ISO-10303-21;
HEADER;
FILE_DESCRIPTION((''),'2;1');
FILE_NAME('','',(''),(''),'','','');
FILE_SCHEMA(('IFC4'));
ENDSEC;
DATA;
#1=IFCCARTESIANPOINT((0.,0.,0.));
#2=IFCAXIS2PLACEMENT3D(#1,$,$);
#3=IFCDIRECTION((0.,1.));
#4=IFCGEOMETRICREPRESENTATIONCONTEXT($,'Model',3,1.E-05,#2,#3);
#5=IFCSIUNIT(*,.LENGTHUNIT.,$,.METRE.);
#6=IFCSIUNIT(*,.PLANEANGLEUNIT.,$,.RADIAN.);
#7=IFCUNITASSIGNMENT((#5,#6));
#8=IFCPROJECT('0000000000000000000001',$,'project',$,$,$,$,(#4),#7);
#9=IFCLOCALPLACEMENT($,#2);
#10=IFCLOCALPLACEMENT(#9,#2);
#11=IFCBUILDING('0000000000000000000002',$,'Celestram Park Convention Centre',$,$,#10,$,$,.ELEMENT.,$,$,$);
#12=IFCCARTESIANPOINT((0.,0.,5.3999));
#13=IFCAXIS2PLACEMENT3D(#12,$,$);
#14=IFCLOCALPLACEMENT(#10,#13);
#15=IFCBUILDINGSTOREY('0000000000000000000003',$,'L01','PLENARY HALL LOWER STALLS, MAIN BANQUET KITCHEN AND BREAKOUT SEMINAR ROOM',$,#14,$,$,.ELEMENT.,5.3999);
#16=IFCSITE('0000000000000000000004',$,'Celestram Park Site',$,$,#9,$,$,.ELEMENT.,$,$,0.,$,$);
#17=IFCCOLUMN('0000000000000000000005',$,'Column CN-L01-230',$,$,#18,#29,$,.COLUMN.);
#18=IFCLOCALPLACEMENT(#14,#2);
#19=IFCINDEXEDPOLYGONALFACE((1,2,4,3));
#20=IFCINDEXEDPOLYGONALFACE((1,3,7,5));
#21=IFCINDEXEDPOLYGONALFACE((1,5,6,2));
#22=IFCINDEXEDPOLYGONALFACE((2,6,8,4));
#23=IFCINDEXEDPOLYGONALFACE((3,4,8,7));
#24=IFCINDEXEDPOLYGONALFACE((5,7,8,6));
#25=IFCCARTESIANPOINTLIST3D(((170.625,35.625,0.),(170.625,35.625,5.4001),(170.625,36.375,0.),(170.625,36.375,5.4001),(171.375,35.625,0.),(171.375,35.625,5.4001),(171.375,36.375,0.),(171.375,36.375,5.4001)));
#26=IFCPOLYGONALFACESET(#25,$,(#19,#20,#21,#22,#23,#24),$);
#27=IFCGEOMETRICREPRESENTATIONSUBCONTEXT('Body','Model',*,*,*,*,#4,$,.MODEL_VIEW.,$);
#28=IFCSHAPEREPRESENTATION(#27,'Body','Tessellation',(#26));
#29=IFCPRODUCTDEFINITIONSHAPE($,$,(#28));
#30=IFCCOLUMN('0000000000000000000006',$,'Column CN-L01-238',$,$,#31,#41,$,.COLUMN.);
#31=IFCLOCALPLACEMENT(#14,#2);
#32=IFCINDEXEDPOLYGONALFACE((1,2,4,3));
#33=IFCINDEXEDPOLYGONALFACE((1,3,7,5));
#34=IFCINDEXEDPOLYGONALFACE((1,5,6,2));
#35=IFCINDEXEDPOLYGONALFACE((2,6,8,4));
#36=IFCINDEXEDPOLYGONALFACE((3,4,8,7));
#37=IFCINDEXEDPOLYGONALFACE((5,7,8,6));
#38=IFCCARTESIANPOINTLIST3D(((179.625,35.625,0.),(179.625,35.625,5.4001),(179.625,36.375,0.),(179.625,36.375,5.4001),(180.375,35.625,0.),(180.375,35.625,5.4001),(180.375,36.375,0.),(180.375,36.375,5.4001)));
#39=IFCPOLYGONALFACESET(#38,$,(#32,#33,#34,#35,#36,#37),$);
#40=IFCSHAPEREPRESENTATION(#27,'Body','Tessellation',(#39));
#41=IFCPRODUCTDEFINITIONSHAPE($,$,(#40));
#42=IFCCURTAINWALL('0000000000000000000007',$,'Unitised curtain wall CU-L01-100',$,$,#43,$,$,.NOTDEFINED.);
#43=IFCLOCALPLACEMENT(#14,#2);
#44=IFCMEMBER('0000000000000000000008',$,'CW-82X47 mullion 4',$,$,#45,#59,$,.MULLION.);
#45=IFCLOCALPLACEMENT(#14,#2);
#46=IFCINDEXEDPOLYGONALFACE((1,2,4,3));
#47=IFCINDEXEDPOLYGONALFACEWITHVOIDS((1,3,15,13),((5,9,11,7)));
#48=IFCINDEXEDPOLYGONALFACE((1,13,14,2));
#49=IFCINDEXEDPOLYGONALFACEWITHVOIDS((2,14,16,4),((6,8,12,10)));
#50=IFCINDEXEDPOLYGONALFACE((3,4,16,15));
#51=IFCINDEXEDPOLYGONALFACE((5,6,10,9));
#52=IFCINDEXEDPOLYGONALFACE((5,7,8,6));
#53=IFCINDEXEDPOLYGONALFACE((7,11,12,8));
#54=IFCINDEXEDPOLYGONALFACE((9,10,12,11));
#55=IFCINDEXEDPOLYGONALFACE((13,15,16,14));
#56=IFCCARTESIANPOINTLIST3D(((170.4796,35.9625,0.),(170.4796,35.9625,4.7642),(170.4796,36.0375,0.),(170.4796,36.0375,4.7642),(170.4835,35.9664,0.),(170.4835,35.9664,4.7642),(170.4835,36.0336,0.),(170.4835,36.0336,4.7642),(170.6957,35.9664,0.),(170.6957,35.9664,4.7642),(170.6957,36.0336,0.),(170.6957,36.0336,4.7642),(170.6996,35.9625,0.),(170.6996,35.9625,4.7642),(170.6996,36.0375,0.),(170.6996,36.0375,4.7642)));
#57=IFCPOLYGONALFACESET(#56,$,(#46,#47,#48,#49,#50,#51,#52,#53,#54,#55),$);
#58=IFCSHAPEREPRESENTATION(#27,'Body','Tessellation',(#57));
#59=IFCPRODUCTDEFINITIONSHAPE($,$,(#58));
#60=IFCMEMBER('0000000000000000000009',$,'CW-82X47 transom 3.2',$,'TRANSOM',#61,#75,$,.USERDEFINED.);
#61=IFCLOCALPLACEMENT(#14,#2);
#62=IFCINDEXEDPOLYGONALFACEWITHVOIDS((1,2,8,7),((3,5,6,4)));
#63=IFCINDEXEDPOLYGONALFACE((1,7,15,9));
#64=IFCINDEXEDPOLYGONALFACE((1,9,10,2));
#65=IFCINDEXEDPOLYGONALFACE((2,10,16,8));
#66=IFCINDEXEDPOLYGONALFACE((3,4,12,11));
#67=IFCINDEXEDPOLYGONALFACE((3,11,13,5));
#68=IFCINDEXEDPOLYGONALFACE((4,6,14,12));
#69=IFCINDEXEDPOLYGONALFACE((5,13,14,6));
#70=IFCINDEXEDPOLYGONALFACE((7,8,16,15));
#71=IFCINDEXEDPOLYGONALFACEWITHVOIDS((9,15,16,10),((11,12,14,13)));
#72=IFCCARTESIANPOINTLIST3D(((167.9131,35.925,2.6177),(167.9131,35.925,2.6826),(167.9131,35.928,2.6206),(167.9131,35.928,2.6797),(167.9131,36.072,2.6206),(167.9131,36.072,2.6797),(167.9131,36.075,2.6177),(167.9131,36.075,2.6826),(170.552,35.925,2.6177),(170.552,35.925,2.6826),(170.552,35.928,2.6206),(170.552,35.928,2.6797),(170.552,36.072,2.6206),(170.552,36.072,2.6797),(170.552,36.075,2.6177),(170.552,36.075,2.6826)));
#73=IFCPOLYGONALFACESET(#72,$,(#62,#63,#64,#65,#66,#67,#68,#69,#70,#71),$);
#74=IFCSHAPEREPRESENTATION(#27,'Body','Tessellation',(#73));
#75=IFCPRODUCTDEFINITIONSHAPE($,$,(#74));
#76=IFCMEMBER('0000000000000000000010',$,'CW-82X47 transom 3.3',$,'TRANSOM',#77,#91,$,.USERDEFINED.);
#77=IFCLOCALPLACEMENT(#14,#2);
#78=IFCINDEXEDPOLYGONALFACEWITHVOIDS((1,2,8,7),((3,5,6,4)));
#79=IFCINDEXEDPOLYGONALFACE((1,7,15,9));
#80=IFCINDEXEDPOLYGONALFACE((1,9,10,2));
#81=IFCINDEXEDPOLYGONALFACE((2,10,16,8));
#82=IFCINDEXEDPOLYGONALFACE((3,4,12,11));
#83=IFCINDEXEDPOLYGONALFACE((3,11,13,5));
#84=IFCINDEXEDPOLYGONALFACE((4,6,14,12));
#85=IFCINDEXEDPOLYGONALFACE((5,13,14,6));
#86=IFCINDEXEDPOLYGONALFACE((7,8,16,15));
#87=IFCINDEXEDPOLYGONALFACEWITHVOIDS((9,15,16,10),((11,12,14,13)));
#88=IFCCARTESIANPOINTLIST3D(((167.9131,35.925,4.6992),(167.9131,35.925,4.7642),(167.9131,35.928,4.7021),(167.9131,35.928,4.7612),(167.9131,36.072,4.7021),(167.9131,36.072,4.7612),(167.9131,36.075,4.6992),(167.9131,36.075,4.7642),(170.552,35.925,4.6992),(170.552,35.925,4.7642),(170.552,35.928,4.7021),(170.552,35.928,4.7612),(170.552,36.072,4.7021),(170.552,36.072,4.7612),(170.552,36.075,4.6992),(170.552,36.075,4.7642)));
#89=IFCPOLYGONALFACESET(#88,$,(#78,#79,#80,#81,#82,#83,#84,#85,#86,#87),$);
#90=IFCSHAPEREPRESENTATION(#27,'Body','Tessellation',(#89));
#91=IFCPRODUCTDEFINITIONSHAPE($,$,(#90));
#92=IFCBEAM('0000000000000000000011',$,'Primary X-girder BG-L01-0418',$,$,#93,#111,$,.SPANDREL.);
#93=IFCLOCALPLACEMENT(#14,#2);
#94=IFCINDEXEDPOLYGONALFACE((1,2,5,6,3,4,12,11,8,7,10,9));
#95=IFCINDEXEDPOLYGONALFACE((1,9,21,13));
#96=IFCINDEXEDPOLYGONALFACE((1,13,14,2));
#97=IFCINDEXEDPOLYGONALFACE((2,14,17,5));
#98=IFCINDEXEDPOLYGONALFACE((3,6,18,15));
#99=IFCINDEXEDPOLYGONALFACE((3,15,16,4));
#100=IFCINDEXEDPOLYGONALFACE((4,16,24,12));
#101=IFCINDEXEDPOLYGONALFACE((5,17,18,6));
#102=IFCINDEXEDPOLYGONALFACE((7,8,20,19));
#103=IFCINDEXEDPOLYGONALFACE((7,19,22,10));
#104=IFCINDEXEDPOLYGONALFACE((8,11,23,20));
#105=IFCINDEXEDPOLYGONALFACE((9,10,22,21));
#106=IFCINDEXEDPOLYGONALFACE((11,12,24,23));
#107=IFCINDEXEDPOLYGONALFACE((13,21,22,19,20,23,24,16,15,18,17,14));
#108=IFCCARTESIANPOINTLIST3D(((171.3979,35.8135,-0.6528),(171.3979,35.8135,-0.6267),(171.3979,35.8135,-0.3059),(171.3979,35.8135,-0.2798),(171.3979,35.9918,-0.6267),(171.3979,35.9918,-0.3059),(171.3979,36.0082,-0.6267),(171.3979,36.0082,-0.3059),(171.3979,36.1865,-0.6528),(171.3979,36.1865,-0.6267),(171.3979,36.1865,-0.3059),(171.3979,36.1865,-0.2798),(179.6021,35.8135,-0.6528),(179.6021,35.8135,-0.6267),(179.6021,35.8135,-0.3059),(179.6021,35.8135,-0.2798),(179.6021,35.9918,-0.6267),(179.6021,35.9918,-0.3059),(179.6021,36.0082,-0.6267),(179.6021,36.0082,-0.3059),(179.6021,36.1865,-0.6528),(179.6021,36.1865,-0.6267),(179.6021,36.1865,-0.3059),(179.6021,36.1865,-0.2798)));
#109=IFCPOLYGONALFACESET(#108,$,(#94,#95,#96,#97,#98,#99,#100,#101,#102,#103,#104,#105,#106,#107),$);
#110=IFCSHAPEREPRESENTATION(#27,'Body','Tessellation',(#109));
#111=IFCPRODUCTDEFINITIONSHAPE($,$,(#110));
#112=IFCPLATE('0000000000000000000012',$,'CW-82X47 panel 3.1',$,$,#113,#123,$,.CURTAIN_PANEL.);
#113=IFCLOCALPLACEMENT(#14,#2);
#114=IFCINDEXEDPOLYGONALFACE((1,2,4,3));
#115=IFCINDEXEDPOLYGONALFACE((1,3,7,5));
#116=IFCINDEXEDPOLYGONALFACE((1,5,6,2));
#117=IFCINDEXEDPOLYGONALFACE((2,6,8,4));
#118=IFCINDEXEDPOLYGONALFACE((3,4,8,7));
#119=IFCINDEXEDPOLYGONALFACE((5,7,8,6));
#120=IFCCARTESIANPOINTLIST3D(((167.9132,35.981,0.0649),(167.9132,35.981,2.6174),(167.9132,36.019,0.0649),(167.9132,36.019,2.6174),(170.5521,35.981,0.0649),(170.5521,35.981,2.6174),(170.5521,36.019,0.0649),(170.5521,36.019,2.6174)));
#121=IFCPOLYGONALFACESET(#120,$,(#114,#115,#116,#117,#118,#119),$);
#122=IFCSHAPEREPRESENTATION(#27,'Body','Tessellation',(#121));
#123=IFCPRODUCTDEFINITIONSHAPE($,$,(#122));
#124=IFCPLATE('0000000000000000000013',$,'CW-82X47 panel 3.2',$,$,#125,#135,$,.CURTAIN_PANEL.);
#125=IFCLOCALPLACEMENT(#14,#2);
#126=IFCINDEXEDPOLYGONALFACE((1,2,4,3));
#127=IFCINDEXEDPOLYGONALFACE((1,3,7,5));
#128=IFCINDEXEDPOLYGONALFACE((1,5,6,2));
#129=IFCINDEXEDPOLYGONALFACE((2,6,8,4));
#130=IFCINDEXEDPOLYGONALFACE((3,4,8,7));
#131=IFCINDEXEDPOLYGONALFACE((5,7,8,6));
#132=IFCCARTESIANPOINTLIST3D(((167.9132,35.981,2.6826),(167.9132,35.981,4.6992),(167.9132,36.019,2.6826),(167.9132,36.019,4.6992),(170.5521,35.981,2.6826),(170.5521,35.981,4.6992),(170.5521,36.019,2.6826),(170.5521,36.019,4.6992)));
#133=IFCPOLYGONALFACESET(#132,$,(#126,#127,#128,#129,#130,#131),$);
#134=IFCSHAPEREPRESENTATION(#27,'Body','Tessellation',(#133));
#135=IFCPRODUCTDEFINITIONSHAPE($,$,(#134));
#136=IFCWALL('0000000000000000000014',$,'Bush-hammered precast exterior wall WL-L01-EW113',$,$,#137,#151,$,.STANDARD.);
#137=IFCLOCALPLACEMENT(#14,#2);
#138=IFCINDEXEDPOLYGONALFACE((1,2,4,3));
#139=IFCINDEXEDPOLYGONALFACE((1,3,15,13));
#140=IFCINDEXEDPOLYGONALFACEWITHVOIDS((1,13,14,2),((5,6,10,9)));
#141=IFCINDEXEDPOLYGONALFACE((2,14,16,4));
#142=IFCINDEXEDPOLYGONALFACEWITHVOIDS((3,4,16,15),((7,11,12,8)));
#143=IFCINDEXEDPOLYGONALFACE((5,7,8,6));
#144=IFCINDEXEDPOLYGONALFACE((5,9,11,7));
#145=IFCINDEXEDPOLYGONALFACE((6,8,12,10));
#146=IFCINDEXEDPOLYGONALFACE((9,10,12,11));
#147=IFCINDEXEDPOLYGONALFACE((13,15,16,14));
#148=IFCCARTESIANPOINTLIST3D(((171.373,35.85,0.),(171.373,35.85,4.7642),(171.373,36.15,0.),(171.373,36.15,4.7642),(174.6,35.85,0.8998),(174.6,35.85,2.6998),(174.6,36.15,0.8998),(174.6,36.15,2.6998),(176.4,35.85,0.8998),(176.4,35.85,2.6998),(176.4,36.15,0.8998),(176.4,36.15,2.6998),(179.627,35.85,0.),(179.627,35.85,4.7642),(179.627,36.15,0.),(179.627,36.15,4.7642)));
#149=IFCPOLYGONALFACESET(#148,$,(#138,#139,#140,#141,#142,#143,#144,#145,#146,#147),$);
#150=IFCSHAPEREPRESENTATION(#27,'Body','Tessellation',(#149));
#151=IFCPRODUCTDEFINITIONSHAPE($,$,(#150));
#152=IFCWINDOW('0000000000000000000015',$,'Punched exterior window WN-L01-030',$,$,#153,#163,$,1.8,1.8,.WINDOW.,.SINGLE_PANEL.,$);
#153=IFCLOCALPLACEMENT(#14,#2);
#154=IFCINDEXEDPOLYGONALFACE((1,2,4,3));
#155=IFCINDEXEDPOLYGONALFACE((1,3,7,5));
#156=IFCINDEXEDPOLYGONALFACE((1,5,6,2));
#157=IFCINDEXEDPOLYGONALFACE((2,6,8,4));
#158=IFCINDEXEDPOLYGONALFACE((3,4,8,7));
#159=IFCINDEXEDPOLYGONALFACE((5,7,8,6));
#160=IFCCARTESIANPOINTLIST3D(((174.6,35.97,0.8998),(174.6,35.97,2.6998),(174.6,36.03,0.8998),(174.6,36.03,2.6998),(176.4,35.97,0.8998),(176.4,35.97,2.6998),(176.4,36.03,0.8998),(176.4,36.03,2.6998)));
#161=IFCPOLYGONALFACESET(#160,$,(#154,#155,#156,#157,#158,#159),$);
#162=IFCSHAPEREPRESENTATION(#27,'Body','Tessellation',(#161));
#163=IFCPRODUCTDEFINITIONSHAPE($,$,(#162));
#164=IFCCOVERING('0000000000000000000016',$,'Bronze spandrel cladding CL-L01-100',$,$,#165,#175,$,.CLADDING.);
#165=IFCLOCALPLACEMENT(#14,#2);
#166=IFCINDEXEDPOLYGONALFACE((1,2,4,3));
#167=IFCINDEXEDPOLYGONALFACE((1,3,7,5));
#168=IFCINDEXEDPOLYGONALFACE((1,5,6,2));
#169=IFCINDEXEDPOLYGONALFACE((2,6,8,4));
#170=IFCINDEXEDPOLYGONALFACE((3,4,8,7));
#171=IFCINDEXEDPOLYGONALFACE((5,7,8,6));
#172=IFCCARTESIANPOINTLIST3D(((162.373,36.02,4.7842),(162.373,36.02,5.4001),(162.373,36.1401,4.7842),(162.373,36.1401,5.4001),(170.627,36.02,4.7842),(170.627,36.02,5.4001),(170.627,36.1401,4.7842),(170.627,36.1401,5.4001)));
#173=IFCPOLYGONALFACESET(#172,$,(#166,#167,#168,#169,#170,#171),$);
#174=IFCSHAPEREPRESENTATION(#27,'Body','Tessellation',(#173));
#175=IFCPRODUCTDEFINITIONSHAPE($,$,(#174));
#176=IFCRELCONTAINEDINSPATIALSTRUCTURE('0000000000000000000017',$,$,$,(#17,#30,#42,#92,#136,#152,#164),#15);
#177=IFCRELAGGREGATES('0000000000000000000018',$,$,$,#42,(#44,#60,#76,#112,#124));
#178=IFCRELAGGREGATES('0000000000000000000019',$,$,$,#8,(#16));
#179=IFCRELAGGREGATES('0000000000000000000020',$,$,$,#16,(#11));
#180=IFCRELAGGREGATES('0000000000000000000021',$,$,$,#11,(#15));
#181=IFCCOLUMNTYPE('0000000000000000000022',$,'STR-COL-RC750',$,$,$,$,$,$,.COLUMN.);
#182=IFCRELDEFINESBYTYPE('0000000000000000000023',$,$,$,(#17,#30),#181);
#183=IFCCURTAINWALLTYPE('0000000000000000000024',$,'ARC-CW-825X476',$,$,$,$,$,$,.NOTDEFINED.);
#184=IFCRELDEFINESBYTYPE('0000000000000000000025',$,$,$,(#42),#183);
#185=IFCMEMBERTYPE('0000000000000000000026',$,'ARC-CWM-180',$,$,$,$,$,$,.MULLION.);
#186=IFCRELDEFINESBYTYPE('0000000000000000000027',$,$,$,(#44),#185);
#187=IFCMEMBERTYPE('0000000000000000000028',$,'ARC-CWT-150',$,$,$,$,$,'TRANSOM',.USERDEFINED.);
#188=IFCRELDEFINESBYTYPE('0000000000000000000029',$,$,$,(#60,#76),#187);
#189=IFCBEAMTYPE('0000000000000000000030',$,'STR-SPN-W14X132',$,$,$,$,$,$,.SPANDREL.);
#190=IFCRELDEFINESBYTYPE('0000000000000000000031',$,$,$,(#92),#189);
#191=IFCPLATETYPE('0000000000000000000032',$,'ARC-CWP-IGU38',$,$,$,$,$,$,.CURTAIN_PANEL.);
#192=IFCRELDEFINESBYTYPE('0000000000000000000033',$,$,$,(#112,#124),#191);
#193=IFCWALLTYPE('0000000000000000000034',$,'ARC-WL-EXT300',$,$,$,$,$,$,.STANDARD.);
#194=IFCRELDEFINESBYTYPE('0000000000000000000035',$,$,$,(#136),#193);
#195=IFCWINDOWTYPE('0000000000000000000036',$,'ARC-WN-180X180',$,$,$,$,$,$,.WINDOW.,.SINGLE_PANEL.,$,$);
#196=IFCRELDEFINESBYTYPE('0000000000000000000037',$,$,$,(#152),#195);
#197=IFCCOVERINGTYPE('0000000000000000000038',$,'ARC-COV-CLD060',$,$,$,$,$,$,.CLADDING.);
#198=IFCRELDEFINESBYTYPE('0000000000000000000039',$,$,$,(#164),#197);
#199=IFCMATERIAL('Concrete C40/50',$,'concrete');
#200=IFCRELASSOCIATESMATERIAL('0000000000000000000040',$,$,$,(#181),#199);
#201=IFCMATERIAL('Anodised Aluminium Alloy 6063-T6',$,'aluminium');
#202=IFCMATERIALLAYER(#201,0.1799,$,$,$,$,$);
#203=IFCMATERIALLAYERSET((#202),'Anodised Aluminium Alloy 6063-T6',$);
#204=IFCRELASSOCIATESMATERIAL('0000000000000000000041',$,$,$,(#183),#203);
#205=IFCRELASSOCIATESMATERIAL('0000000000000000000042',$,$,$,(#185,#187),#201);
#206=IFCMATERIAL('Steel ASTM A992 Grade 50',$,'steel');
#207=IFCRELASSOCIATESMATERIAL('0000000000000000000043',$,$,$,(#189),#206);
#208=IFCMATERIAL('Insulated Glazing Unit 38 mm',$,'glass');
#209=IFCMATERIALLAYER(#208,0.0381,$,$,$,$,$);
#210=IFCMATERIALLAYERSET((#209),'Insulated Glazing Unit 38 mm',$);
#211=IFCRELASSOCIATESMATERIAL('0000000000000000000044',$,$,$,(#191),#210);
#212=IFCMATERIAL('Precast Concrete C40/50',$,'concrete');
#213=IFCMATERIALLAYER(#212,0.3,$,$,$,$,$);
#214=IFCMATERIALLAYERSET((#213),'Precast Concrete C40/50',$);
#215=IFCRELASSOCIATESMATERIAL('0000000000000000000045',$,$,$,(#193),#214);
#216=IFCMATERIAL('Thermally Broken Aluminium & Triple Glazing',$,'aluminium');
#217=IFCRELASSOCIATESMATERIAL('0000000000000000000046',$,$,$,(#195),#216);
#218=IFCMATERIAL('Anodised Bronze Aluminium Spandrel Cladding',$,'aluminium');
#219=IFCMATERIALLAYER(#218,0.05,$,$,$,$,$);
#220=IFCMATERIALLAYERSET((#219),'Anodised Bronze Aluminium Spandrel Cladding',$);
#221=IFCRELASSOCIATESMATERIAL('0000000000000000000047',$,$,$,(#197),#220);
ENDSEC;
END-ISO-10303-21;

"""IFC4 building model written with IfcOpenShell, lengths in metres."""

from ifc_helpers import new_model, si_unit, direction, frame, frame_2d, origin, origin_2d, place, context, subcontext, project, spatial, rectangle, hollow_rectangle, i_section, extrude, material, layer, layer_set, material_profile, profile_set, type_object, element, fill, aggregate, save


model = new_model("IFC4")

# Units and contexts
model_context = context("Model", 3, precision=1e-05, world=origin(), true_north=direction((0.0, 1.0)))
body_context = subcontext(model_context, "Body", "Model", "MODEL_VIEW")
ifc_project = project(units=[si_unit("LENGTHUNIT", "METRE"), si_unit("PLANEANGLEUNIT", "RADIAN")], contexts=[model_context])

# Site, building, storey
site_placement = place(None, origin())
site = spatial("IfcSite", under=ifc_project, at=site_placement, Name="Celestram Park Site", CompositionType="ELEMENT", RefElevation=0.0)
building_placement = place(site_placement, origin())
building = spatial("IfcBuilding", under=site, at=building_placement, Name="Celestram Park Convention Centre", CompositionType="ELEMENT")
storey_placement = place(building_placement, frame((0.0, 0.0, 5.3999)))
storey = spatial("IfcBuildingStorey", under=building, at=storey_placement, Name="L01", Description="PLENARY HALL LOWER STALLS, MAIN BANQUET KITCHEN AND BREAKOUT SEMINAR ROOM", CompositionType="ELEMENT", Elevation=5.3999)

# Columns
ifc_material_1 = material(Name="Concrete C40/50", Category="concrete")
ifc_material_profile_1 = material_profile(ifc_material_1, rectangle(XDim=0.75, YDim=0.75, at=origin_2d()), Name="RC750X750")
ifc_profile_set_1 = profile_set([ifc_material_profile_1], Name="Concrete C40/50")
column_type = type_object("IfcColumnType", Name="STR-COL-RC750", PredefinedType="COLUMN", material=ifc_profile_set_1)
for number, where, z_axis, x_axis, name in (
    (1, (171.0, 36.0, 0.0), (0.0, 0.0, 1.0), (1.0, 0.0, 0.0), "Column CN-L01-230"),
    (2, (180.0, 36.0, 0.0), (0.0, 0.0, 1.0), (1.0, 0.0, 0.0), "Column CN-L01-238"),
):
    element("IfcColumn", number, at=place(storey_placement, frame(where, z_axis=z_axis, x_axis=x_axis)), inside=storey, type_object=column_type, Name=name, PredefinedType="COLUMN", context=body_context, shape_type="SweptSolid", body=[
        extrude(rectangle(XDim=0.75, YDim=0.75, at=origin_2d()), origin(), (0.0, 0.0, 1.0), 5.4001),
    ])

# Curtain wall, members
ifc_material_2 = material(Name="Anodised Aluminium Alloy 6063-T6", Category="aluminium")
ifc_layer_1 = layer(ifc_material_2, 0.1799)
ifc_layer_set_1 = layer_set([ifc_layer_1], Name="Anodised Aluminium Alloy 6063-T6")
curtain_wall_type = type_object("IfcCurtainWallType", Name="ARC-CW-825X476", PredefinedType="NOTDEFINED", material=ifc_layer_set_1)
curtain_wall_placement = place(storey_placement, origin())
curtain_wall = element("IfcCurtainWall", 3, at=curtain_wall_placement, inside=storey, type_object=curtain_wall_type, Name="Unitised curtain wall CU-L01-100", PredefinedType="NOTDEFINED")
ifc_material_profile_2 = material_profile(ifc_material_2, hollow_rectangle(XDim=0.075, YDim=0.22, WallThickness=0.0039, at=origin_2d()), Name="ALU75X220X4")
ifc_profile_set_2 = profile_set([ifc_material_profile_2], Name="Anodised Aluminium Alloy 6063-T6")
member_type_1 = type_object("IfcMemberType", Name="ARC-CWM-180", PredefinedType="MULLION", material=ifc_profile_set_2)
member_1_placement = place(storey_placement, frame((170.5896, 36.0, 0.0), z_axis=(0.0, 0.0, 1.0), x_axis=(0.0, 1.0, 0.0)))
member_1 = element("IfcMember", 4, at=member_1_placement, type_object=member_type_1, Name="CW-82X47 mullion 4", PredefinedType="MULLION", context=body_context, shape_type="SweptSolid", body=[
    extrude(hollow_rectangle(XDim=0.075, YDim=0.22, WallThickness=0.0039, at=origin_2d()), origin(), (0.0, 0.0, 1.0), 4.7642),
])
ifc_material_profile_3 = material_profile(ifc_material_2, hollow_rectangle(XDim=0.1499, YDim=0.0649, WallThickness=0.0029, at=origin_2d()), Name="ALU150X65X3")
ifc_profile_set_3 = profile_set([ifc_material_profile_3], Name="Anodised Aluminium Alloy 6063-T6")
member_type_2 = type_object("IfcMemberType", Name="ARC-CWT-150", ElementType="TRANSOM", PredefinedType="USERDEFINED", material=ifc_profile_set_3)
member_2_placement = place(storey_placement, frame((167.9131, 36.0, 2.6501), z_axis=(1.0, 0.0, 0.0), x_axis=(0.0, 1.0, 0.0)))
member_2 = element("IfcMember", 5, at=member_2_placement, type_object=member_type_2, Name="CW-82X47 transom 3.2", ObjectType="TRANSOM", PredefinedType="USERDEFINED", context=body_context, shape_type="SweptSolid", body=[
    extrude(hollow_rectangle(XDim=0.1499, YDim=0.0649, WallThickness=0.0029, at=origin_2d()), origin(), (0.0, 0.0, 1.0), 2.6389),
])
member_3_placement = place(storey_placement, frame((167.9131, 36.0, 4.7317), z_axis=(1.0, 0.0, 0.0), x_axis=(0.0, 1.0, 0.0)))
member_3 = element("IfcMember", 6, at=member_3_placement, type_object=member_type_2, Name="CW-82X47 transom 3.3", ObjectType="TRANSOM", PredefinedType="USERDEFINED", context=body_context, shape_type="SweptSolid", body=[
    extrude(hollow_rectangle(XDim=0.1499, YDim=0.0649, WallThickness=0.0029, at=origin_2d()), origin(), (0.0, 0.0, 1.0), 2.6389),
])

# Beam
ifc_material_3 = material(Name="Steel ASTM A992 Grade 50", Category="steel")
ifc_material_profile_4 = material_profile(ifc_material_3, i_section(OverallWidth=0.373, OverallDepth=0.373, WebThickness=0.0164, FlangeThickness=0.0261, at=origin_2d()), Name="W14X132")
ifc_profile_set_4 = profile_set([ifc_material_profile_4], Name="Steel ASTM A992 Grade 50")
beam_type = type_object("IfcBeamType", Name="STR-SPN-W14X132", PredefinedType="SPANDREL", material=ifc_profile_set_4)
beam_placement = place(storey_placement, frame((171.3979, 36.0, -0.4663), z_axis=(1.0, 0.0, 0.0), x_axis=(0.0, 1.0, 0.0)))
element("IfcBeam", 7, at=beam_placement, inside=storey, type_object=beam_type, Name="Primary X-girder BG-L01-0418", PredefinedType="SPANDREL", context=body_context, shape_type="SweptSolid", body=[
    extrude(i_section(OverallWidth=0.373, OverallDepth=0.373, WebThickness=0.0164, FlangeThickness=0.0261, at=origin_2d()), origin(), (0.0, 0.0, 1.0), 8.2041),
])

# Plates
ifc_material_4 = material(Name="Insulated Glazing Unit 38 mm", Category="glass")
ifc_layer_2 = layer(ifc_material_4, 0.0381)
ifc_layer_set_2 = layer_set([ifc_layer_2], Name="Insulated Glazing Unit 38 mm")
plate_type = type_object("IfcPlateType", Name="ARC-CWP-IGU38", PredefinedType="CURTAIN_PANEL", material=ifc_layer_set_2)
plate_1_placement = place(storey_placement, frame((169.2327, 36.0, 0.0649), z_axis=(0.0, 0.0, 1.0), x_axis=(1.0, 0.0, 0.0)))
plate_1 = element("IfcPlate", 8, at=plate_1_placement, type_object=plate_type, Name="CW-82X47 panel 3.1", PredefinedType="CURTAIN_PANEL", context=body_context, shape_type="SweptSolid", body=[
    extrude(rectangle(XDim=2.6389, YDim=0.0381, at=origin_2d()), origin(), (0.0, 0.0, 1.0), 2.5525),
])
plate_2_placement = place(storey_placement, frame((169.2327, 36.0, 2.6826), z_axis=(0.0, 0.0, 1.0), x_axis=(1.0, 0.0, 0.0)))
plate_2 = element("IfcPlate", 9, at=plate_2_placement, type_object=plate_type, Name="CW-82X47 panel 3.2", PredefinedType="CURTAIN_PANEL", context=body_context, shape_type="SweptSolid", body=[
    extrude(rectangle(XDim=2.6389, YDim=0.0381, at=origin_2d()), origin(), (0.0, 0.0, 1.0), 2.0166),
])
aggregate(curtain_wall, [member_1, member_2, member_3, plate_1, plate_2])

# Wall, opening, window
ifc_material_5 = material(Name="Precast Concrete C40/50", Category="concrete")
ifc_layer_3 = layer(ifc_material_5, 0.3)
ifc_layer_set_3 = layer_set([ifc_layer_3], Name="Precast Concrete C40/50")
wall_type = type_object("IfcWallType", Name="ARC-WL-EXT300", PredefinedType="STANDARD", material=ifc_layer_set_3)
wall_placement = place(storey_placement, frame((171.373, 36.0, 0.0), z_axis=(0.0, 0.0, 1.0), x_axis=(1.0, 0.0, 0.0)))
wall = element("IfcWall", 10, at=wall_placement, inside=storey, type_object=wall_type, Name="Bush-hammered precast exterior wall WL-L01-EW113", PredefinedType="STANDARD", context=body_context, shape_type="SweptSolid", body=[
    extrude(rectangle(XDim=8.2539, YDim=0.3, at=frame_2d((4.127, 0.0))), origin(), (0.0, 0.0, 1.0), 4.7642),
])
opening_placement = place(wall_placement, frame((3.2271, 0.0, 0.8999)))
opening = element("IfcOpeningElement", 11, at=opening_placement, cuts=wall, PredefinedType="OPENING", context=body_context, shape_type="SweptSolid", body=[
    extrude(rectangle(XDim=1.8, YDim=1.8, at=frame_2d((0.8999, 0.8999))), frame((0.0, 0.1599, 0.0), z_axis=(0.0, -1.0, 0.0), x_axis=(1.0, 0.0, 0.0)), (0.0, 0.0, 1.0), 0.3201),
])
ifc_material_6 = material(Name="Thermally Broken Aluminium & Triple Glazing", Category="aluminium")
window_type = type_object("IfcWindowType", Name="ARC-WN-180X180", PartitioningType="SINGLE_PANEL", PredefinedType="WINDOW", material=ifc_material_6)
window_placement = place(opening_placement, origin())
window = element("IfcWindow", 12, at=window_placement, inside=storey, type_object=window_type, Name="Punched exterior window WN-L01-030", OverallHeight=1.8, OverallWidth=1.8, PartitioningType="SINGLE_PANEL", PredefinedType="WINDOW", context=body_context, shape_type="SweptSolid", body=[
    extrude(rectangle(XDim=1.8, YDim=1.8, at=frame_2d((0.8999, 0.8999))), frame((0.0, 0.03, 0.0), z_axis=(0.0, -1.0, 0.0), x_axis=(1.0, 0.0, 0.0)), (0.0, 0.0, 1.0), 0.0601),
])
fill(opening, window)

# Covering
ifc_material_7 = material(Name="Anodised Bronze Aluminium Spandrel Cladding", Category="aluminium")
ifc_layer_4 = layer(ifc_material_7, 0.05)
ifc_layer_set_4 = layer_set([ifc_layer_4], Name="Anodised Bronze Aluminium Spandrel Cladding")
covering_type_1 = type_object("IfcCoveringType", Name="ARC-COV-CLD060", PredefinedType="CLADDING", material=ifc_layer_set_4)
covering_1_placement = place(storey_placement, frame((166.5, 36.0801, 4.7842), z_axis=(0.0, 0.0, 1.0), x_axis=(1.0, 0.0, 0.0)))
element("IfcCovering", 13, at=covering_1_placement, inside=storey, type_object=covering_type_1, Name="Bronze spandrel cladding CL-L01-100", PredefinedType="CLADDING", context=body_context, shape_type="SweptSolid", body=[
    extrude(rectangle(XDim=8.2539, YDim=0.1201, at=origin_2d()), origin(), (0.0, 0.0, 1.0), 0.616),
])

save(model, "model.ifc")
